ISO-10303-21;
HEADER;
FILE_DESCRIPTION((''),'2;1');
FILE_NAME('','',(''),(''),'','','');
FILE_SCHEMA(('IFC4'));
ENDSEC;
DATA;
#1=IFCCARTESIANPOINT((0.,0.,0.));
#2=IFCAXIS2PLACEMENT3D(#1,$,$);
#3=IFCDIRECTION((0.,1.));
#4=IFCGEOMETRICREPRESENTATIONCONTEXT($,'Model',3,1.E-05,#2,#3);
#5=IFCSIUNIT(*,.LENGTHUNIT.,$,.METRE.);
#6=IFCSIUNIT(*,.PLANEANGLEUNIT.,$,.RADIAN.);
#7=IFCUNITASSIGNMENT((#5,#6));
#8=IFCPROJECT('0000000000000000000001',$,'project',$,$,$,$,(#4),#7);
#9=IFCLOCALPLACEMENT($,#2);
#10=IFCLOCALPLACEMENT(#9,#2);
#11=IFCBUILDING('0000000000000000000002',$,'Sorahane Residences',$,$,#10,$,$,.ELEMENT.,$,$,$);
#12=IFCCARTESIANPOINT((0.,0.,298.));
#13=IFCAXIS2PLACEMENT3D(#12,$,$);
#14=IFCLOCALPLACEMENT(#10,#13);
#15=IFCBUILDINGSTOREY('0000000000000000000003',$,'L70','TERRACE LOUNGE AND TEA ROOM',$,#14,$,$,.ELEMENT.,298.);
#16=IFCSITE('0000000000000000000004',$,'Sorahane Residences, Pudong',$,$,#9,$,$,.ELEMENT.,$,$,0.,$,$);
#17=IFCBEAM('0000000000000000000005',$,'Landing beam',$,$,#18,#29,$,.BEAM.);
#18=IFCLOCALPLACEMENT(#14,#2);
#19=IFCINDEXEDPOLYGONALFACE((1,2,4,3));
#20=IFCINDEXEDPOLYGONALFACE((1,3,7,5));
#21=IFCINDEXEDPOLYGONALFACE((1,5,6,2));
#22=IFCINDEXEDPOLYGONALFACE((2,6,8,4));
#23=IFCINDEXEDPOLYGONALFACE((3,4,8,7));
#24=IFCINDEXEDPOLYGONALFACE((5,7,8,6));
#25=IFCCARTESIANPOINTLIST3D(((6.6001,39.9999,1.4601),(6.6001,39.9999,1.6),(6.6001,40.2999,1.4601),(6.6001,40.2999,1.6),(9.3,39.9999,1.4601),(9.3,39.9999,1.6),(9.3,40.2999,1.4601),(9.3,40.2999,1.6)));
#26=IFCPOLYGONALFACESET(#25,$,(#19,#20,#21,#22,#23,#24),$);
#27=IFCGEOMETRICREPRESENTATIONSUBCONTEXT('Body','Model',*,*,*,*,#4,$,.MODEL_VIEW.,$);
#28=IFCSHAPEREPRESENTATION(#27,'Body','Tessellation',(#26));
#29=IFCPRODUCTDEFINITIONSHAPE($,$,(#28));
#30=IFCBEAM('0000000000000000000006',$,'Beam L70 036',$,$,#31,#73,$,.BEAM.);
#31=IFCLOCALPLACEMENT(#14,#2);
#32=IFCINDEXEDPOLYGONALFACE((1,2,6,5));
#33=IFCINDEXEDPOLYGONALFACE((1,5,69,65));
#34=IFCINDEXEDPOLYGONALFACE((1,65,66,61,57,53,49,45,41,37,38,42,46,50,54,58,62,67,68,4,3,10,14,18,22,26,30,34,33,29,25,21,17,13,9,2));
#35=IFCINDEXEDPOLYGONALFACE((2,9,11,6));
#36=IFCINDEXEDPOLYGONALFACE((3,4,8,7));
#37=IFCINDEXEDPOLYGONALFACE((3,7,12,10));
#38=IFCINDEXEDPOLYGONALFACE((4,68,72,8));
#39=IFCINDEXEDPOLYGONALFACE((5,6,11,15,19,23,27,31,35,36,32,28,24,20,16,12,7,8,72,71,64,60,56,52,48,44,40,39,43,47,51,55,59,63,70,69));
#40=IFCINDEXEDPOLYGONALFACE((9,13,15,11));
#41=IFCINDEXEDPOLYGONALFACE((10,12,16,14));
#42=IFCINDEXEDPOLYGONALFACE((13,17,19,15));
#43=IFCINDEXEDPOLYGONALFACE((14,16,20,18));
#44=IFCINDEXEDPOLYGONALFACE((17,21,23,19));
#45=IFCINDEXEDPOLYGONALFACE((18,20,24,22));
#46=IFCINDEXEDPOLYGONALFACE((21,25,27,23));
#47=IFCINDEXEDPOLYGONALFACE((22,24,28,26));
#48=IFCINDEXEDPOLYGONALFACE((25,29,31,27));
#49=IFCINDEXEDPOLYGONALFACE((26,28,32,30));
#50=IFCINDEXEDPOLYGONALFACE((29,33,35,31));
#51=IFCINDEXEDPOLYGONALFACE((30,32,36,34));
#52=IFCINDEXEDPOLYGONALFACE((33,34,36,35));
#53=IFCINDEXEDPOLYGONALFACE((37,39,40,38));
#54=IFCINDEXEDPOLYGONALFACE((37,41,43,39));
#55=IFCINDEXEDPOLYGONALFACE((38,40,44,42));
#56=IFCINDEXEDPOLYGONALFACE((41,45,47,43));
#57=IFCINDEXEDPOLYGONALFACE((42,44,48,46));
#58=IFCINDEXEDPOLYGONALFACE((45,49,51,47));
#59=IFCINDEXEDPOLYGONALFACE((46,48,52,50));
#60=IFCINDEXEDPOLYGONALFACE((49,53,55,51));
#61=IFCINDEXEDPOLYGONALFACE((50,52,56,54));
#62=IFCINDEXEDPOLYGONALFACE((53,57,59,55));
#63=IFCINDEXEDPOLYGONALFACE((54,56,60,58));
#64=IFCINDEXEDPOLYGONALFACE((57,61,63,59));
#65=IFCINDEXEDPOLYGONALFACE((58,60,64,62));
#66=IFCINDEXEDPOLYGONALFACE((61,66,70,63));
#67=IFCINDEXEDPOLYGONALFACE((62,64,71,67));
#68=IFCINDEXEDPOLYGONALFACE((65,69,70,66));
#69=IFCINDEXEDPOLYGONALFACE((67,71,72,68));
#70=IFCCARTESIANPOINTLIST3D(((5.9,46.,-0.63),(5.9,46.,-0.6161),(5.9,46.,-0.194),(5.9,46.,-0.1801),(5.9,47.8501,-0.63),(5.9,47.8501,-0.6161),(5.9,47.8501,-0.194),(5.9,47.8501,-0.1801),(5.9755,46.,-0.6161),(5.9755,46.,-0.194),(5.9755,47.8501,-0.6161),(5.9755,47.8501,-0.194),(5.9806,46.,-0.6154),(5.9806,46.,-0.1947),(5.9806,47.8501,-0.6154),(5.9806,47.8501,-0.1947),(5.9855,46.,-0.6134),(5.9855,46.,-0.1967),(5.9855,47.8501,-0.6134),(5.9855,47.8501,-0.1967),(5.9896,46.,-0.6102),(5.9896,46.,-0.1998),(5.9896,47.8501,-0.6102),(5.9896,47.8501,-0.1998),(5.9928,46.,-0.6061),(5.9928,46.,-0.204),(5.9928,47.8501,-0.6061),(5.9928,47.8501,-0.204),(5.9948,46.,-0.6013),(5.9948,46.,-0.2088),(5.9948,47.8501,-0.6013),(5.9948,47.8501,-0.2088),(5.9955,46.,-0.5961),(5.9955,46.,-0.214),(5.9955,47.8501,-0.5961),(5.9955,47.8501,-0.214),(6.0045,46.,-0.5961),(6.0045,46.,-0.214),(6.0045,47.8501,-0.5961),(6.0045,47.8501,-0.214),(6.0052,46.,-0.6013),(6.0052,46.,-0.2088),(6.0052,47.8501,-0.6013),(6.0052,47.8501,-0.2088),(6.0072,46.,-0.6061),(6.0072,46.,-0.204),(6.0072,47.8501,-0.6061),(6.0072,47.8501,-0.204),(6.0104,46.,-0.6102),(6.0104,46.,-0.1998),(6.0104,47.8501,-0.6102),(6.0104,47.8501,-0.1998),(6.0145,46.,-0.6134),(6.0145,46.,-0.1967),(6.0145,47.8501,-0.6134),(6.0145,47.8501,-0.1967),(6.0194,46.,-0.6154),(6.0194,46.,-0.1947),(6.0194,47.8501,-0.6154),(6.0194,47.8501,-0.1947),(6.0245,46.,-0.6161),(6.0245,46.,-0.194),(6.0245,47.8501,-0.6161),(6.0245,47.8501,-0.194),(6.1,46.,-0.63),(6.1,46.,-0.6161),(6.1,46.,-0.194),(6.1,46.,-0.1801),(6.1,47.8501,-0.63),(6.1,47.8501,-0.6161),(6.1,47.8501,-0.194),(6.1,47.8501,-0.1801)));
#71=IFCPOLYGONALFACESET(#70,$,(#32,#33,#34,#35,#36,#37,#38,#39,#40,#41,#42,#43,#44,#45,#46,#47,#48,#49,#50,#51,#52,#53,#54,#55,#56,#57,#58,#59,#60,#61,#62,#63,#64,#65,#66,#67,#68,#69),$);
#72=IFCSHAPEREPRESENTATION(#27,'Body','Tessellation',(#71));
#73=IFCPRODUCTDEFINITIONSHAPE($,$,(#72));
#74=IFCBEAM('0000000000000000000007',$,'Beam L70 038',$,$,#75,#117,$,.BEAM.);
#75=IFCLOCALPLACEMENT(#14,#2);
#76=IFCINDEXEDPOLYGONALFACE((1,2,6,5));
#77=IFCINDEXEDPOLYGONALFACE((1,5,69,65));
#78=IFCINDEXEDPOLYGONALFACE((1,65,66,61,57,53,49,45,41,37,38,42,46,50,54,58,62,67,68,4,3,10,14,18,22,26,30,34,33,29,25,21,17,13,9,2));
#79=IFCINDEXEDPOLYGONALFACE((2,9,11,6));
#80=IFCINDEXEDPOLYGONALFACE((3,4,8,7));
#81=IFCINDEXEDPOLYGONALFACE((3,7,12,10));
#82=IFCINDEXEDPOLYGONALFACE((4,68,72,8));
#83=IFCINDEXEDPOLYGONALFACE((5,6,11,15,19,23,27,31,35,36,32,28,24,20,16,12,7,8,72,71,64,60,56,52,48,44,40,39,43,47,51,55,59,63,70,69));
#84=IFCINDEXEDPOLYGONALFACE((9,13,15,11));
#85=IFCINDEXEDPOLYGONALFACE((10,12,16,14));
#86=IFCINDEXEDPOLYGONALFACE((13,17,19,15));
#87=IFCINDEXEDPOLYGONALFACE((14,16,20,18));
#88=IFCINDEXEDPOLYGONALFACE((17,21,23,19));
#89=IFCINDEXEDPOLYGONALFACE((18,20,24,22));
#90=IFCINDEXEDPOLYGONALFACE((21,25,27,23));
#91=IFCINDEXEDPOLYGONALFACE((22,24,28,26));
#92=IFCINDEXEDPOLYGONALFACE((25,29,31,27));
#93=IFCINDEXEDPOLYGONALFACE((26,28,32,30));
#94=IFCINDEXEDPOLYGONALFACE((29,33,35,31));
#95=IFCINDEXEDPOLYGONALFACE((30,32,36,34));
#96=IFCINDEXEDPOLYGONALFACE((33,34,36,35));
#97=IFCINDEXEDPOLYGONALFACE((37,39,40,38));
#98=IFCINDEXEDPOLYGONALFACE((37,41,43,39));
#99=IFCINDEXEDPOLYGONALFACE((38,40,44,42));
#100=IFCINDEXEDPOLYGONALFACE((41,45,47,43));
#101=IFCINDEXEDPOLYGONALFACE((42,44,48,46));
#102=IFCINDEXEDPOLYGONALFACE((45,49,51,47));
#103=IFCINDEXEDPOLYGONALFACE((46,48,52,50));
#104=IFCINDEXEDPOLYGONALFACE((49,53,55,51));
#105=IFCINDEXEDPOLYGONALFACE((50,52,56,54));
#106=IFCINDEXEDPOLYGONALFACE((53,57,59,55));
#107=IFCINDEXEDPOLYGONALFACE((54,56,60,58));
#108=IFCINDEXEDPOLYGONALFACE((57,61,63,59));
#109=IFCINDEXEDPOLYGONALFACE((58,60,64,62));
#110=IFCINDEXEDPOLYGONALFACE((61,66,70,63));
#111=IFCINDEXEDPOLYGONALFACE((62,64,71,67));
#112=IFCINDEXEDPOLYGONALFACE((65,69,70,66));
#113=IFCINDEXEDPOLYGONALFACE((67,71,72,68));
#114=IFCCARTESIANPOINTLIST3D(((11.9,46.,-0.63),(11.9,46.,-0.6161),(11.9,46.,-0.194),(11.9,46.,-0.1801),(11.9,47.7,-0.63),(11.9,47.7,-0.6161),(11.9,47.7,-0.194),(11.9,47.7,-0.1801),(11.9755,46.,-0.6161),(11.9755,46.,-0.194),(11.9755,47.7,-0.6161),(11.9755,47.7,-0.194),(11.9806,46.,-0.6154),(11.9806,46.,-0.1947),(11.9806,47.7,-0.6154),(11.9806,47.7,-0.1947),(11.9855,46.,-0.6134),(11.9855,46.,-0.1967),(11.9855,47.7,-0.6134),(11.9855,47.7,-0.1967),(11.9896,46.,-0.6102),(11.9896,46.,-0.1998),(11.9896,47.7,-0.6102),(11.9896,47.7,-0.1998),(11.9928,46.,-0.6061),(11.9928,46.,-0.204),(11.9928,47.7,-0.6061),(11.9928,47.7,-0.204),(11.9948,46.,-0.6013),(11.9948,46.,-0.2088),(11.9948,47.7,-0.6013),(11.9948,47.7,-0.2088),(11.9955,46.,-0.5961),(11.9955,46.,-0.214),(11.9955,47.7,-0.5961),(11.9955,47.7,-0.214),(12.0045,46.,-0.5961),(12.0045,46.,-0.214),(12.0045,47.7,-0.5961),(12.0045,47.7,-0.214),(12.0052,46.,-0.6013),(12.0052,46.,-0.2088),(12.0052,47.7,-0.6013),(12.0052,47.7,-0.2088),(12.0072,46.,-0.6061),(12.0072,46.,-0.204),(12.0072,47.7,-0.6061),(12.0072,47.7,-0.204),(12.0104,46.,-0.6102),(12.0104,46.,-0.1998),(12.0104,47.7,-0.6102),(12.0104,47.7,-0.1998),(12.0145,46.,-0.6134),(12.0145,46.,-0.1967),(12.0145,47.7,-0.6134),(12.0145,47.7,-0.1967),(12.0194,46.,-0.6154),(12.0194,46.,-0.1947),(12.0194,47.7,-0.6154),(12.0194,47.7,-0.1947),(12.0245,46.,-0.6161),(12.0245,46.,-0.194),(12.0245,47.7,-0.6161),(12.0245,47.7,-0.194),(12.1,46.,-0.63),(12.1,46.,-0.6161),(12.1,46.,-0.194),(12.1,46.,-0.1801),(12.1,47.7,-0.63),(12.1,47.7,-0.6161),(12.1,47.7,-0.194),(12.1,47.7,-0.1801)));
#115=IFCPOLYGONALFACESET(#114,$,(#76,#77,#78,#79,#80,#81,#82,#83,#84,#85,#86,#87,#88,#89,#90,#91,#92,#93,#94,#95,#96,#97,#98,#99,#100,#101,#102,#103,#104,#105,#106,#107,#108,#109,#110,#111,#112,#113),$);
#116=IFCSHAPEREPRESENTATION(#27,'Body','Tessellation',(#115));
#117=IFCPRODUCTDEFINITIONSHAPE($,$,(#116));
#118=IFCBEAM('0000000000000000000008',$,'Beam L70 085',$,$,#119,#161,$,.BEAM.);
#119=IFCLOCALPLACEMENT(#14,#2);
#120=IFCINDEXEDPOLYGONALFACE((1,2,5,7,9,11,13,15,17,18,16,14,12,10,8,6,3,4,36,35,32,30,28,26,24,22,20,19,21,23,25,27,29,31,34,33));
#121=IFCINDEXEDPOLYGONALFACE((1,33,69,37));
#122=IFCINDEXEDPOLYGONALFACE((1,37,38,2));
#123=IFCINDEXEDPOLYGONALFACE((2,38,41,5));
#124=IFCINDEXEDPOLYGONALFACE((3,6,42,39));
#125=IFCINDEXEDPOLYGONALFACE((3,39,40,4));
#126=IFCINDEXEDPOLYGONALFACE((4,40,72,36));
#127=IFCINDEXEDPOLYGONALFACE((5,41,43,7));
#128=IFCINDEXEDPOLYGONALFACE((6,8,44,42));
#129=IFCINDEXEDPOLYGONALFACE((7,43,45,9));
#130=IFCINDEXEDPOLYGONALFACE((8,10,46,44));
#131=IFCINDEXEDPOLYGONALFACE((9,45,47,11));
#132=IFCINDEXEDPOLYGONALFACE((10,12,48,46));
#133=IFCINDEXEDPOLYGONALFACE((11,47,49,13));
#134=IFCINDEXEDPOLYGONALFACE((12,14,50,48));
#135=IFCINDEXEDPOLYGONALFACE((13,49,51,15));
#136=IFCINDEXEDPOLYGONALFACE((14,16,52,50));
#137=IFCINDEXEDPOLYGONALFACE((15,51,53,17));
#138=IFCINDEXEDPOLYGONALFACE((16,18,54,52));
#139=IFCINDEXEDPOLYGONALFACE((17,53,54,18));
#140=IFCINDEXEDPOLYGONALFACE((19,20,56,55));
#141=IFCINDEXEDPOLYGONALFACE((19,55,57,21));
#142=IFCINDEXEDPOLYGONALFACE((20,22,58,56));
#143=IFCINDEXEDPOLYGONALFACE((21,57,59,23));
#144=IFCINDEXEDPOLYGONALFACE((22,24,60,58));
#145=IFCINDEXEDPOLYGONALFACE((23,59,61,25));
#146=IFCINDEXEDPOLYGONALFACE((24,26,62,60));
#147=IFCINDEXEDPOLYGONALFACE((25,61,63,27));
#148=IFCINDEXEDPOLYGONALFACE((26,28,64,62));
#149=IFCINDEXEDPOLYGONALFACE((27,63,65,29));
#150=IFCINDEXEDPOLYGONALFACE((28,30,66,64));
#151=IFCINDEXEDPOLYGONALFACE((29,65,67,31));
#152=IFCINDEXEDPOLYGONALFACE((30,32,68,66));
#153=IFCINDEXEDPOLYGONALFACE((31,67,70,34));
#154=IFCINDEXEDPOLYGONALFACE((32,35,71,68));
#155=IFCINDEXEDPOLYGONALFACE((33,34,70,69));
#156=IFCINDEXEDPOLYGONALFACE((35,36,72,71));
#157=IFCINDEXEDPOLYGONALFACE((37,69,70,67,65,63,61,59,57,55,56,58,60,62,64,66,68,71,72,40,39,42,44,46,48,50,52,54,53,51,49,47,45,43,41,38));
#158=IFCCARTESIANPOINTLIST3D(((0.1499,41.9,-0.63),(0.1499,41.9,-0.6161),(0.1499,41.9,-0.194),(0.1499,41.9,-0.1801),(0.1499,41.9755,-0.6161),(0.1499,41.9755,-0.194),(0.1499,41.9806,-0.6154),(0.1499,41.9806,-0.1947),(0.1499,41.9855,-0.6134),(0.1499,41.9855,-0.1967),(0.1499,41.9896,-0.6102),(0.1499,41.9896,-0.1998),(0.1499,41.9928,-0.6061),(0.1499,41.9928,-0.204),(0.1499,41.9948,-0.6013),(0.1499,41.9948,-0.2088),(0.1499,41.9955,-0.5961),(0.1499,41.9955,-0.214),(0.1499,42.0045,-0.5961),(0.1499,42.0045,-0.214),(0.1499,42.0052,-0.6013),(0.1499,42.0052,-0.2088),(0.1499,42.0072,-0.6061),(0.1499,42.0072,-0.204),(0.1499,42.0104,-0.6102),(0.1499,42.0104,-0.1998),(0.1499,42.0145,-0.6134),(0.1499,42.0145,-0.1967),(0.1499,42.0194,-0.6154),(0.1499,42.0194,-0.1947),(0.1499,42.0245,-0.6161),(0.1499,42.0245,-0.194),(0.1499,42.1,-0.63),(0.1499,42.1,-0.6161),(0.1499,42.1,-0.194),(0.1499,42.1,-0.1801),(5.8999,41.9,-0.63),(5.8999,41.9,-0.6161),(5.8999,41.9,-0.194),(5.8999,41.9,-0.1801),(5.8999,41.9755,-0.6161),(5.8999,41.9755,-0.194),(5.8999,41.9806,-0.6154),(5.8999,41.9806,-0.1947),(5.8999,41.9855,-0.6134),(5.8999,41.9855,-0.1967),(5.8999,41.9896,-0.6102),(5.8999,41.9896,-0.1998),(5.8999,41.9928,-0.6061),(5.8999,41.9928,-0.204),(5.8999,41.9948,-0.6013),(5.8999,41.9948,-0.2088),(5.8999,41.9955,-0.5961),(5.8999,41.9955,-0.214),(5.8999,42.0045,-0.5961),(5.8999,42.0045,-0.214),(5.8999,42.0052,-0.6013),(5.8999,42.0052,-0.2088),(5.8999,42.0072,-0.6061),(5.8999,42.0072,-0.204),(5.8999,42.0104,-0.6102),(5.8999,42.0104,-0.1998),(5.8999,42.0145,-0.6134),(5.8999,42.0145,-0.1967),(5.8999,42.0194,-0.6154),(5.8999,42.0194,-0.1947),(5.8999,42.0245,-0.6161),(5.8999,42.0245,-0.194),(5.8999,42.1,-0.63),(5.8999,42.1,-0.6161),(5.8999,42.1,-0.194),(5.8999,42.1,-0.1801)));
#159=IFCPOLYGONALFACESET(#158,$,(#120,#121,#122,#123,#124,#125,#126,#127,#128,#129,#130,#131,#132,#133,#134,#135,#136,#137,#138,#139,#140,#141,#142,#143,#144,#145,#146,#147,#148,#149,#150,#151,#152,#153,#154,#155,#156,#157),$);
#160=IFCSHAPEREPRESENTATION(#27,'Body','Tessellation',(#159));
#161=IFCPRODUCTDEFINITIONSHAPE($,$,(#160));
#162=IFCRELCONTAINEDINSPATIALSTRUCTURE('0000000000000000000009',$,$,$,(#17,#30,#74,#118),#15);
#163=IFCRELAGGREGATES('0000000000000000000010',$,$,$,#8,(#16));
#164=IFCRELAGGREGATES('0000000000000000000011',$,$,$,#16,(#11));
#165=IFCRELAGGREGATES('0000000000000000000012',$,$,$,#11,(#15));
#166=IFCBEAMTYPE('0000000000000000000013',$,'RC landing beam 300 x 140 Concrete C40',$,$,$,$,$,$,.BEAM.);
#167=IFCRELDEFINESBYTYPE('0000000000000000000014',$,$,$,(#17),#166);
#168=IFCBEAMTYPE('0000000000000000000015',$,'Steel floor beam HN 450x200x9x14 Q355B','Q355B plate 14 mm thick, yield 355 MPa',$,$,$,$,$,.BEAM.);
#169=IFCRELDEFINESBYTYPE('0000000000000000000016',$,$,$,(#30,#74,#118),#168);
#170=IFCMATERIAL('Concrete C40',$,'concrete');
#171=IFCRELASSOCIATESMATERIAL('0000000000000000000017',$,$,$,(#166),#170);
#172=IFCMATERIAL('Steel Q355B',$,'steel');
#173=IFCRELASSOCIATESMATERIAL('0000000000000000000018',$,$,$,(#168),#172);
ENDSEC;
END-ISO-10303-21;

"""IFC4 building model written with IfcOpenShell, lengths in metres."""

from ifc_helpers import new_model, si_unit, direction, frame, origin, origin_2d, place, context, subcontext, project, spatial, rectangle, i_section, extrude, material, material_profile, profile_set, type_object, element, save


model = new_model("IFC4")

# Units and contexts
model_context = context("Model", 3, precision=1e-05, world=origin(), true_north=direction((0.0, 1.0)))
body_context = subcontext(model_context, "Body", "Model", "MODEL_VIEW")
ifc_project = project(units=[si_unit("LENGTHUNIT", "METRE"), si_unit("PLANEANGLEUNIT", "RADIAN")], contexts=[model_context])

# Site, building, storey
site_placement = place(None, origin())
site = spatial("IfcSite", under=ifc_project, at=site_placement, Name="Sorahane Residences, Pudong", CompositionType="ELEMENT", RefElevation=0.0)
building_placement = place(site_placement, origin())
building = spatial("IfcBuilding", under=site, at=building_placement, Name="Sorahane Residences", CompositionType="ELEMENT")
storey_placement = place(building_placement, frame((0.0, 0.0, 298.0)))
storey = spatial("IfcBuildingStorey", under=building, at=storey_placement, Name="L70", Description="TERRACE LOUNGE AND TEA ROOM", CompositionType="ELEMENT", Elevation=298.0)

# Beams
ifc_material_1 = material(Name="Concrete C40", Category="concrete")
ifc_material_profile_1 = material_profile(ifc_material_1, rectangle(XDim=0.3, YDim=0.1399, at=origin_2d()), Name="300x140")
ifc_profile_set_1 = profile_set([ifc_material_profile_1], Name="Concrete C40")
beam_type_1 = type_object("IfcBeamType", Name="RC landing beam 300 x 140 Concrete C40", PredefinedType="BEAM", material=ifc_profile_set_1)
beam_1_placement = place(storey_placement, frame((6.6001, 40.1499, 1.53), z_axis=(1.0, 0.0, 0.0), x_axis=(0.0, 1.0, 0.0)))
element("IfcBeam", 1, at=beam_1_placement, inside=storey, type_object=beam_type_1, Name="Landing beam", PredefinedType="BEAM", context=body_context, shape_type="SweptSolid", body=[
    extrude(rectangle(XDim=0.3, YDim=0.1399, at=origin_2d()), origin(), (0.0, 0.0, 1.0), 2.7),
])
ifc_material_2 = material(Name="Steel Q355B", Category="steel")
ifc_material_profile_2 = material_profile(ifc_material_2, i_section(OverallWidth=0.2, OverallDepth=0.45, WebThickness=0.009, FlangeThickness=0.0139, FilletRadius=0.02, at=origin_2d()), Name="HN 450x200x9x14")
ifc_profile_set_2 = profile_set([ifc_material_profile_2], Name="Steel Q355B")
beam_type_2 = type_object("IfcBeamType", Name="Steel floor beam HN 450x200x9x14 Q355B", Description="Q355B plate 14 mm thick, yield 355 MPa", PredefinedType="BEAM", material=ifc_profile_set_2)
beam_2_placement = place(storey_placement, frame((6.0, 46.0, -0.405), z_axis=(0.0, 1.0, 0.0), x_axis=(-1.0, 0.0, 0.0)))
element("IfcBeam", 2, at=beam_2_placement, inside=storey, type_object=beam_type_2, Name="Beam L70 036", PredefinedType="BEAM", context=body_context, shape_type="SweptSolid", body=[
    extrude(i_section(OverallWidth=0.2, OverallDepth=0.45, WebThickness=0.009, FlangeThickness=0.0139, FilletRadius=0.02, at=origin_2d()), origin(), (0.0, 0.0, 1.0), 1.8501),
])
beam_3_placement = place(storey_placement, frame((12.0, 46.0, -0.405), z_axis=(0.0, 1.0, 0.0), x_axis=(-1.0, 0.0, 0.0)))
element("IfcBeam", 3, at=beam_3_placement, inside=storey, type_object=beam_type_2, Name="Beam L70 038", PredefinedType="BEAM", context=body_context, shape_type="SweptSolid", body=[
    extrude(i_section(OverallWidth=0.2, OverallDepth=0.45, WebThickness=0.009, FlangeThickness=0.0139, FilletRadius=0.02, at=origin_2d()), origin(), (0.0, 0.0, 1.0), 1.7),
])
beam_4_placement = place(storey_placement, frame((0.1499, 42.0, -0.405), z_axis=(1.0, 0.0, 0.0), x_axis=(0.0, 1.0, 0.0)))
element("IfcBeam", 4, at=beam_4_placement, inside=storey, type_object=beam_type_2, Name="Beam L70 085", PredefinedType="BEAM", context=body_context, shape_type="SweptSolid", body=[
    extrude(i_section(OverallWidth=0.2, OverallDepth=0.45, WebThickness=0.009, FlangeThickness=0.0139, FilletRadius=0.02, at=origin_2d()), origin(), (0.0, 0.0, 1.0), 5.75),
])

save(model, "model.ifc")
